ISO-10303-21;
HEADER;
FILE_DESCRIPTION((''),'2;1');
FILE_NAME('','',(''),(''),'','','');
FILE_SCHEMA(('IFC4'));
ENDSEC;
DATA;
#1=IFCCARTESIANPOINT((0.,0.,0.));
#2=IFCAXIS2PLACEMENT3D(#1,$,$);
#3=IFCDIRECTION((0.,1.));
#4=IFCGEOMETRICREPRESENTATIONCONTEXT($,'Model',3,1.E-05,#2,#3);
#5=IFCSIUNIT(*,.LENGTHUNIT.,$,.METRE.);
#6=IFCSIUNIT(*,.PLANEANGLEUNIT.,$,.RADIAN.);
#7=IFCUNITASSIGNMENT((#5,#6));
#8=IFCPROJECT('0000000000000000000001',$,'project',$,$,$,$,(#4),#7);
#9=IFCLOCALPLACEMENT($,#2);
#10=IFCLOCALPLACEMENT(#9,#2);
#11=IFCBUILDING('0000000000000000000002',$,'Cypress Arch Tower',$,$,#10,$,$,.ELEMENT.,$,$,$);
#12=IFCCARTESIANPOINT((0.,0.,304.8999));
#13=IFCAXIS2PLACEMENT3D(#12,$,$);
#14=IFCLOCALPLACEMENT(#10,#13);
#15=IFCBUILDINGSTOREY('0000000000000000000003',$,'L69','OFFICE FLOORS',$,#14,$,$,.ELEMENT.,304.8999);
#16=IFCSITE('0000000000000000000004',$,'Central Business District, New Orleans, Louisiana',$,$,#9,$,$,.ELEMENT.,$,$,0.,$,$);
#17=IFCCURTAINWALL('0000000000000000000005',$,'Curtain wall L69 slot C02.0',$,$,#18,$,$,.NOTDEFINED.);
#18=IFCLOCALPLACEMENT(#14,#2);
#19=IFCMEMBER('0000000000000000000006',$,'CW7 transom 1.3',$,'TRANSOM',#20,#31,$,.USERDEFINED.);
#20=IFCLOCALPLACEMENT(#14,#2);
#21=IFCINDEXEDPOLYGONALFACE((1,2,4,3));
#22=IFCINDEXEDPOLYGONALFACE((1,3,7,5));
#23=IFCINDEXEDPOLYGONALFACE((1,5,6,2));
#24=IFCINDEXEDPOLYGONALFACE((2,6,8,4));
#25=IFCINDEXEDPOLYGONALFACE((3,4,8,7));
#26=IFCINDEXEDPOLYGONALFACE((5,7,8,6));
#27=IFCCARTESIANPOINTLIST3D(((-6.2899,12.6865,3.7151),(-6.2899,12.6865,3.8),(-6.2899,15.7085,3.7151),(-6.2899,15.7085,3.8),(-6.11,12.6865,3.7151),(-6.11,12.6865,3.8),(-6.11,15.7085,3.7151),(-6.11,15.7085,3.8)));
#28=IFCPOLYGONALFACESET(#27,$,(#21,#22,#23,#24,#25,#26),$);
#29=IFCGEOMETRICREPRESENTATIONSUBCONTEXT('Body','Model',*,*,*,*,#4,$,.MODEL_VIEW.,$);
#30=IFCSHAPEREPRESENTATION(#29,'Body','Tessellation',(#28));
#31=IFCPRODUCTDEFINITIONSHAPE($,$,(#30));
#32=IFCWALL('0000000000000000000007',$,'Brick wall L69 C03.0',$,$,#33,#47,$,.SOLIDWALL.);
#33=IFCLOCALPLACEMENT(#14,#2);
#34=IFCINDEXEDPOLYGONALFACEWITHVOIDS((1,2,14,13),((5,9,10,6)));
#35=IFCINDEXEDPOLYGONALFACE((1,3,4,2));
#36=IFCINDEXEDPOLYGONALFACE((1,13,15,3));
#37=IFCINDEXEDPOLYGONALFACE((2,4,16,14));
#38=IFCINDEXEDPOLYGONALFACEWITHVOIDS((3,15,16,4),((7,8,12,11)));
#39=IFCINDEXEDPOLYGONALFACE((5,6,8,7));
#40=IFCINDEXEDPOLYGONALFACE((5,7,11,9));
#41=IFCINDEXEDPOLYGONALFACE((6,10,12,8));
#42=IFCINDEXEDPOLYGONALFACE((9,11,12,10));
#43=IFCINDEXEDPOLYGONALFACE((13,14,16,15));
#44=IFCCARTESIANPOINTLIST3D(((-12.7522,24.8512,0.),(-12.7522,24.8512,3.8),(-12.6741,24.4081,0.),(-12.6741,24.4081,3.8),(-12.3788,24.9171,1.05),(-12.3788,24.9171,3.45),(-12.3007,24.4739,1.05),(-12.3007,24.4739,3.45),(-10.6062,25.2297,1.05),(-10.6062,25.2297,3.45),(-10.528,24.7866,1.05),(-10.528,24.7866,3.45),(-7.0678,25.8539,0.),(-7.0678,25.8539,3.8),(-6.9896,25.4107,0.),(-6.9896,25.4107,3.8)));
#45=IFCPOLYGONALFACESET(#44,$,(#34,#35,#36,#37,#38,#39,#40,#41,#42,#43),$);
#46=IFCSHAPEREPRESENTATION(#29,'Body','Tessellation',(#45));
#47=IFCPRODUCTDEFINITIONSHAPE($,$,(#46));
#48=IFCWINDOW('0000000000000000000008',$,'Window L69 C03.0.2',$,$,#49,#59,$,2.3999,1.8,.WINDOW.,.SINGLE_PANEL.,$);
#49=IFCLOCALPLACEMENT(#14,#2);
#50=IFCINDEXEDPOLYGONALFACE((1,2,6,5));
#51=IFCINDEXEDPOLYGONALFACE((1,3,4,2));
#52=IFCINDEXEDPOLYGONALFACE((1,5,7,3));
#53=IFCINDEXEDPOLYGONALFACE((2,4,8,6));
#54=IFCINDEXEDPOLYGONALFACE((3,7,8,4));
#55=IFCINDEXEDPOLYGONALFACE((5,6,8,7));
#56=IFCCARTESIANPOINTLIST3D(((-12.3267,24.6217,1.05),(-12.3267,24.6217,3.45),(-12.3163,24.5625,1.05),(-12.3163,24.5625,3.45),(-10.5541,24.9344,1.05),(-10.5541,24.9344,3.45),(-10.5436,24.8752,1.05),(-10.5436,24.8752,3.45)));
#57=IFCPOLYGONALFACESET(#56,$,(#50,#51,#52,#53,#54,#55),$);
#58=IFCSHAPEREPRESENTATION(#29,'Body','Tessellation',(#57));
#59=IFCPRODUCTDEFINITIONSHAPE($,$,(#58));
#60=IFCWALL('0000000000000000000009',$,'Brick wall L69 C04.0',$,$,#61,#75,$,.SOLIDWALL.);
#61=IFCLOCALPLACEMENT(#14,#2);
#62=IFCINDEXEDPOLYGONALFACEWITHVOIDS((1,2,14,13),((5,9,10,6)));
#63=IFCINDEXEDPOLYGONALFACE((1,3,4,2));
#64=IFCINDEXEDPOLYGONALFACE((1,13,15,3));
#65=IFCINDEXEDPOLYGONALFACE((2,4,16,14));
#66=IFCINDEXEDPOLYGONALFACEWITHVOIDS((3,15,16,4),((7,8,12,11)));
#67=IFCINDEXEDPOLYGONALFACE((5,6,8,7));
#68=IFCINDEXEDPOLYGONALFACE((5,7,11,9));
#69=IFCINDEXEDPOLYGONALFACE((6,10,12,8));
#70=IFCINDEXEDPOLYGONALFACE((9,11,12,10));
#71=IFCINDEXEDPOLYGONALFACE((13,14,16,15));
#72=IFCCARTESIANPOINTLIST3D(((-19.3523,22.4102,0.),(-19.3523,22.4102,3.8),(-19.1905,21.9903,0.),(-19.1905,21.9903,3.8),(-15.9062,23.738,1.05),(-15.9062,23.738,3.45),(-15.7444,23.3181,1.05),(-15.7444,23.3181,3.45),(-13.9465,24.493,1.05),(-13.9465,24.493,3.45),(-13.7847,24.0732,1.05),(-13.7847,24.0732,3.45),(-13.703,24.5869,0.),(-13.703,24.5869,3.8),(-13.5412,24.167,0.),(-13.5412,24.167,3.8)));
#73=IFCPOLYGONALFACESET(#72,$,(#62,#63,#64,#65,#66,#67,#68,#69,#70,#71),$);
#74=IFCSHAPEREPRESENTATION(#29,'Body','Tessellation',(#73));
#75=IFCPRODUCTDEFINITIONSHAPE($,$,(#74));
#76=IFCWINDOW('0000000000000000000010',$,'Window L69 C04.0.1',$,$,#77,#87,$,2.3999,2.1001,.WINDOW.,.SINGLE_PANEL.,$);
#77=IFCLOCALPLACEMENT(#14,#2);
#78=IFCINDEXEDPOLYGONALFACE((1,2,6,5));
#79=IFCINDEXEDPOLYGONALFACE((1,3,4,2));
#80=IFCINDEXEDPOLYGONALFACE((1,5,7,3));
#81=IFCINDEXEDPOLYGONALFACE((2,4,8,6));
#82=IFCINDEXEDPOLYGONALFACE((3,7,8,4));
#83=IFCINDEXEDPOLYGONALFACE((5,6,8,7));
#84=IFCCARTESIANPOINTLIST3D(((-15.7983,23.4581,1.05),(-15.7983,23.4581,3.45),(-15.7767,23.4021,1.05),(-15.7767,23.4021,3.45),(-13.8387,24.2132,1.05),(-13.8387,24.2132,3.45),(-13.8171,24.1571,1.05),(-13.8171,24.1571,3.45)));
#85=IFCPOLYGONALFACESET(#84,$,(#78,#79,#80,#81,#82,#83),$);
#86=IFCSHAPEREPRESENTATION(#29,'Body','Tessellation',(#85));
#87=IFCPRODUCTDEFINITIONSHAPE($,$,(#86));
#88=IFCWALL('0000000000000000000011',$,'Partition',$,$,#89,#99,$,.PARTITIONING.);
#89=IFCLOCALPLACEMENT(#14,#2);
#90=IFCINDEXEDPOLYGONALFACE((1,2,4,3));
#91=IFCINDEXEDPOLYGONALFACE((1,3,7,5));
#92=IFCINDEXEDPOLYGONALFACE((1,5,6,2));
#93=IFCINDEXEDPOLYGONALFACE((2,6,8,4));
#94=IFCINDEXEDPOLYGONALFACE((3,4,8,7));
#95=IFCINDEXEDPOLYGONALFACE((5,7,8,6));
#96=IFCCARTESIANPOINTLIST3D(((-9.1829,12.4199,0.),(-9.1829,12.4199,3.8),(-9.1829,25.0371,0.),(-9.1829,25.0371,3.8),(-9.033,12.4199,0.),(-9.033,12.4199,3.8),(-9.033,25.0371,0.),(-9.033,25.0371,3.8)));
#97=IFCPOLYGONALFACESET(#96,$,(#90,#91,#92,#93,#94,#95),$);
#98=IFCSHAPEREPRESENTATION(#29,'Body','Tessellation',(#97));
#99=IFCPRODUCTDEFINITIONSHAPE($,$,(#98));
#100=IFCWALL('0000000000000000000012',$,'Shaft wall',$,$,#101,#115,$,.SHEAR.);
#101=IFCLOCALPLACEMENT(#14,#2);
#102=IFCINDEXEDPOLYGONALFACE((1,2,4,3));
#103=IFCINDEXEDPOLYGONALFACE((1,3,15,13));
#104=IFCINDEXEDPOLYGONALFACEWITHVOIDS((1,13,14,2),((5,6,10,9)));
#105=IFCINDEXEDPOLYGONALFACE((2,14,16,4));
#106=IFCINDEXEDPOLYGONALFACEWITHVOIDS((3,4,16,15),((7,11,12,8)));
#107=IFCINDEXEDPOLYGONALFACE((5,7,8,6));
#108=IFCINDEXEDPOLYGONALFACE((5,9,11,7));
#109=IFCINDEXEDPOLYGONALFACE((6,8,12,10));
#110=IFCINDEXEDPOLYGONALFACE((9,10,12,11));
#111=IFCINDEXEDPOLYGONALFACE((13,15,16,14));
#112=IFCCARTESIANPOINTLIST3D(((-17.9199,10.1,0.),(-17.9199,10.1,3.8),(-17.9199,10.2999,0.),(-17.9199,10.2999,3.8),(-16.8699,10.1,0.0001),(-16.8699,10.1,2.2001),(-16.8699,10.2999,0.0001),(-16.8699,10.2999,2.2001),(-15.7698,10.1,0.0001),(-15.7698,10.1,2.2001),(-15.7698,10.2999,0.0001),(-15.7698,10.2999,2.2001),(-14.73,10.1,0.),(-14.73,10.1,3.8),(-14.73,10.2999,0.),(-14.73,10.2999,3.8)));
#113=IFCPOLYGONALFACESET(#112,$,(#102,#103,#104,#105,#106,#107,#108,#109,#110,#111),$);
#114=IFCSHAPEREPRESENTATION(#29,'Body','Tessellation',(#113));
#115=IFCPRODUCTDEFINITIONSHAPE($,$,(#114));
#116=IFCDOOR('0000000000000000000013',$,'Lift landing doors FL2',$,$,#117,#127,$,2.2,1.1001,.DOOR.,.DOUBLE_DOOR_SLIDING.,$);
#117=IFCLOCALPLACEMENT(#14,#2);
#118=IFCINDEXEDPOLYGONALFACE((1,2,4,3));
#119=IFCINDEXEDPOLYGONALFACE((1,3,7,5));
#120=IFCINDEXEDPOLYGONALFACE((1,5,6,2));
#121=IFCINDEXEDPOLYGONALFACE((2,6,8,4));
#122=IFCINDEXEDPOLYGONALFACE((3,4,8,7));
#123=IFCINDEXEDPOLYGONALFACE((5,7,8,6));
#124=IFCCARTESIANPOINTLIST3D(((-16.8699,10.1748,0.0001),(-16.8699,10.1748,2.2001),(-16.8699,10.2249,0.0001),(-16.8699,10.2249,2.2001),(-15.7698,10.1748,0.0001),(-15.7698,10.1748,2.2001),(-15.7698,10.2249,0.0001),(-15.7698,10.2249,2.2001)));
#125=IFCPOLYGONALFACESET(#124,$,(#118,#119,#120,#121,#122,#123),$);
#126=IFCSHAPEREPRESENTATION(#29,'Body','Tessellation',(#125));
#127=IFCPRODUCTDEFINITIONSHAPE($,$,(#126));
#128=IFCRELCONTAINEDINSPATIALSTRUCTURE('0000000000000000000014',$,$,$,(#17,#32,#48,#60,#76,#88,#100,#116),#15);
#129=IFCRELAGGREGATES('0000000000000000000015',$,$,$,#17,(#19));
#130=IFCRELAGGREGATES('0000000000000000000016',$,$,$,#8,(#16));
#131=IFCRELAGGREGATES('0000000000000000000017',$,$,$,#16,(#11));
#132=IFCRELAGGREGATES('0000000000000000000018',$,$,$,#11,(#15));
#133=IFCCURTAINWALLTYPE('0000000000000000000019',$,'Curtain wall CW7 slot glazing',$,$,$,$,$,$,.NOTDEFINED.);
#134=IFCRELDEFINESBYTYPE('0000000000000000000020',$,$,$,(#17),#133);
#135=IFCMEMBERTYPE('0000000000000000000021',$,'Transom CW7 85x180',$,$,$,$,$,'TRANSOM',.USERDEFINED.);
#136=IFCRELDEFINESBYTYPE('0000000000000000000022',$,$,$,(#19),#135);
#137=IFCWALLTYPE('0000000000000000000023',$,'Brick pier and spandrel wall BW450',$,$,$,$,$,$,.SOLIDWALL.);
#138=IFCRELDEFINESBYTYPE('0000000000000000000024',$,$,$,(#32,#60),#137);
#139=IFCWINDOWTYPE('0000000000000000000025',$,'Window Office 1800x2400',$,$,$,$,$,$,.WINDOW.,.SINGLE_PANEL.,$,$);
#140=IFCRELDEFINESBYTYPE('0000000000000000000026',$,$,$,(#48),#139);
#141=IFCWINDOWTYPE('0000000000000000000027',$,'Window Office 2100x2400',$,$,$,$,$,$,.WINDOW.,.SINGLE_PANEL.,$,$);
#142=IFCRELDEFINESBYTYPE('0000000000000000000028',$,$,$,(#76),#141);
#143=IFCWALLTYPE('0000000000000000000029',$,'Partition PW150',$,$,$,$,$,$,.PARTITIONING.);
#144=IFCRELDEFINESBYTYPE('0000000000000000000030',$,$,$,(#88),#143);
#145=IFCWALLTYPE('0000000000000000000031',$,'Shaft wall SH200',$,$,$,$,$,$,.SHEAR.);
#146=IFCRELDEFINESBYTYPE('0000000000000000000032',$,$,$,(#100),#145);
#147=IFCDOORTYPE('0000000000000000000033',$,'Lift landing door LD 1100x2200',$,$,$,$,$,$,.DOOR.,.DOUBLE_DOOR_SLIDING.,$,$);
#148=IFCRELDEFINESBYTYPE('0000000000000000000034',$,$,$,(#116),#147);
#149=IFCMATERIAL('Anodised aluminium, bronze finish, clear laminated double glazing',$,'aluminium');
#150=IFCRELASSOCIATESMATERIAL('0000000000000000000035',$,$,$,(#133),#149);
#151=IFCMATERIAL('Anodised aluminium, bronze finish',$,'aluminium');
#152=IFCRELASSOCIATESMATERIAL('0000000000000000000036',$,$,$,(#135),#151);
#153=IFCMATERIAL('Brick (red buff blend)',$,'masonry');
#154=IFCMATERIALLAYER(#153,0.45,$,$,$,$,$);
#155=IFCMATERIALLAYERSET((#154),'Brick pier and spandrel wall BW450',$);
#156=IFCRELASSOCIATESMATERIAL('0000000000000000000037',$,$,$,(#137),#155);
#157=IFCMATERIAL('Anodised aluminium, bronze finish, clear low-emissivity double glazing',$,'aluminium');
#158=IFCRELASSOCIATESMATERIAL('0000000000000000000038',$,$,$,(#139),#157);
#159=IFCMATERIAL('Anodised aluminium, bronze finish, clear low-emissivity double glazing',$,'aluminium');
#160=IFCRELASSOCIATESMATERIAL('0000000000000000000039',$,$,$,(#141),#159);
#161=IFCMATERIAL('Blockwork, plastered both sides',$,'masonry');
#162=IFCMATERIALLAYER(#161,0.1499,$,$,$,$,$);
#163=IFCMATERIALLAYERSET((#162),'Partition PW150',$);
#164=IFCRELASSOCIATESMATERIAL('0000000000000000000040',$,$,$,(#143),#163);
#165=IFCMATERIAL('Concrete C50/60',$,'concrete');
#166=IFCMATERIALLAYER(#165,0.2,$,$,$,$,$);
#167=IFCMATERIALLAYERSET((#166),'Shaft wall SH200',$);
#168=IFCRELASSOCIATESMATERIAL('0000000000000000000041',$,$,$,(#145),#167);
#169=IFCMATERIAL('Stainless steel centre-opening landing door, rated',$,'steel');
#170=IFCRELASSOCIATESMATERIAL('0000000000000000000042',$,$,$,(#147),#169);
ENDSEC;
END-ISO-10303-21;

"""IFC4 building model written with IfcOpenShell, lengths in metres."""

from ifc_helpers import new_model, si_unit, direction, frame, frame_2d, origin, origin_2d, place, context, subcontext, project, spatial, rectangle, extrude, material, layer, layer_set, material_profile, profile_set, type_object, element, fill, aggregate, save


model = new_model("IFC4")

# Units and contexts
model_context = context("Model", 3, precision=1e-05, world=origin(), true_north=direction((0.0, 1.0)))
body_context = subcontext(model_context, "Body", "Model", "MODEL_VIEW")
ifc_project = project(units=[si_unit("LENGTHUNIT", "METRE"), si_unit("PLANEANGLEUNIT", "RADIAN")], contexts=[model_context])

# Site, building, storey
site_placement = place(None, origin())
site = spatial("IfcSite", under=ifc_project, at=site_placement, Name="Central Business District, New Orleans, Louisiana", CompositionType="ELEMENT", RefElevation=0.0)
building_placement = place(site_placement, origin())
building = spatial("IfcBuilding", under=site, at=building_placement, Name="Cypress Arch Tower", CompositionType="ELEMENT")
storey_placement = place(building_placement, frame((0.0, 0.0, 304.8999)))
storey = spatial("IfcBuildingStorey", under=building, at=storey_placement, Name="L69", Description="OFFICE FLOORS", CompositionType="ELEMENT", Elevation=304.8999)

# Curtain wall
ifc_material_1 = material(Name="Anodised aluminium, bronze finish, clear laminated double glazing", Category="aluminium")
curtain_wall_type = type_object("IfcCurtainWallType", Name="Curtain wall CW7 slot glazing", PredefinedType="NOTDEFINED", material=ifc_material_1)
curtain_wall_placement = place(storey_placement, origin())
curtain_wall = element("IfcCurtainWall", 1, at=curtain_wall_placement, inside=storey, type_object=curtain_wall_type, Name="Curtain wall L69 slot C02.0", PredefinedType="NOTDEFINED")

# Member
ifc_material_2 = material(Name="Anodised aluminium, bronze finish", Category="aluminium")
ifc_material_profile_1 = material_profile(ifc_material_2, rectangle(XDim=0.1799, YDim=0.085, at=origin_2d()), Name="Transom 85x180")
ifc_profile_set_1 = profile_set([ifc_material_profile_1], Name="Anodised aluminium, bronze finish")
member_type_1 = type_object("IfcMemberType", Name="Transom CW7 85x180", ElementType="TRANSOM", PredefinedType="USERDEFINED", material=ifc_profile_set_1)
member_1_placement = place(storey_placement, frame((-6.2, 12.6865, 3.7576), z_axis=(0.0, 1.0, 0.0), x_axis=(-1.0, 0.0, 0.0)))
member_1 = element("IfcMember", 2, at=member_1_placement, type_object=member_type_1, Name="CW7 transom 1.3", ObjectType="TRANSOM", PredefinedType="USERDEFINED", context=body_context, shape_type="SweptSolid", body=[
    extrude(rectangle(XDim=0.1799, YDim=0.085, at=origin_2d()), origin(), (0.0, 0.0, 1.0), 3.022),
])
aggregate(curtain_wall, [member_1])

# Walls, openings, windows
ifc_material_3 = material(Name="Brick (red buff blend)", Category="masonry")
ifc_layer_1 = layer(ifc_material_3, 0.45)
ifc_layer_set_1 = layer_set([ifc_layer_1], Name="Brick pier and spandrel wall BW450")
wall_type_1 = type_object("IfcWallType", Name="Brick pier and spandrel wall BW450", PredefinedType="SOLIDWALL", material=ifc_layer_set_1)
wall_1_placement = place(storey_placement, frame((-7.0286, 25.6323, 0.0), z_axis=(0.0, 0.0, 1.0), x_axis=(-0.984798, -0.173706, 0.0)))
wall_1 = element("IfcWall", 3, at=wall_1_placement, inside=storey, type_object=wall_type_1, Name="Brick wall L69 C03.0", PredefinedType="SOLIDWALL", context=body_context, shape_type="SweptSolid", body=[
    extrude(rectangle(XDim=5.7722, YDim=0.45, at=frame_2d((2.8862, 0.0))), origin(), (0.0, 0.0, 1.0), 3.8),
])
opening_1_placement = place(wall_1_placement, frame((3.5933, 0.0, 1.05)))
opening_1 = element("IfcOpeningElement", 4, at=opening_1_placement, cuts=wall_1, PredefinedType="OPENING", context=body_context, shape_type="SweptSolid", body=[
    extrude(rectangle(XDim=1.8, YDim=2.3999, at=frame_2d((0.8999, 1.2))), frame((0.0, 0.2349, 0.0), z_axis=(0.0, -1.0, 0.0), x_axis=(1.0, 0.0, 0.0)), (0.0, 0.0, 1.0), 0.47),
])
ifc_material_4 = material(Name="Anodised aluminium, bronze finish, clear low-emissivity double glazing", Category="aluminium")
window_type_1 = type_object("IfcWindowType", Name="Window Office 1800x2400", PartitioningType="SINGLE_PANEL", PredefinedType="WINDOW", material=ifc_material_4)
window_1_placement = place(opening_1_placement, origin())
window_1 = element("IfcWindow", 5, at=window_1_placement, inside=storey, type_object=window_type_1, Name="Window L69 C03.0.2", OverallHeight=2.3999, OverallWidth=1.8, PartitioningType="SINGLE_PANEL", PredefinedType="WINDOW", context=body_context, shape_type="SweptSolid", body=[
    extrude(rectangle(XDim=1.8, YDim=2.3999, at=frame_2d((0.8999, 1.2))), frame((0.0, 0.135, 0.0), z_axis=(0.0, -1.0, 0.0), x_axis=(1.0, 0.0, 0.0)), (0.0, 0.0, 1.0), 0.0601),
])
fill(opening_1, window_1)
wall_2_placement = place(storey_placement, frame((-13.6221, 24.377, 0.0), z_axis=(0.0, 0.0, 1.0), x_axis=(-0.933129, -0.359541, 0.0)))
wall_2 = element("IfcWall", 6, at=wall_2_placement, inside=storey, type_object=wall_type_1, Name="Brick wall L69 C04.0", PredefinedType="SOLIDWALL", context=body_context, shape_type="SweptSolid", body=[
    extrude(rectangle(XDim=6.0542, YDim=0.45, at=frame_2d((3.0271, 0.0))), origin(), (0.0, 0.0, 1.0), 3.8),
])
opening_2_placement = place(wall_2_placement, frame((0.261, 0.0, 1.05)))
opening_2 = element("IfcOpeningElement", 7, at=opening_2_placement, cuts=wall_2, PredefinedType="OPENING", context=body_context, shape_type="SweptSolid", body=[
    extrude(rectangle(XDim=2.1001, YDim=2.3999, at=frame_2d((1.05, 1.2))), frame((0.0, 0.2349, 0.0), z_axis=(0.0, -1.0, 0.0), x_axis=(1.0, 0.0, 0.0)), (0.0, 0.0, 1.0), 0.47),
])
ifc_material_5 = material(Name="Anodised aluminium, bronze finish, clear low-emissivity double glazing", Category="aluminium")
window_type_2 = type_object("IfcWindowType", Name="Window Office 2100x2400", PartitioningType="SINGLE_PANEL", PredefinedType="WINDOW", material=ifc_material_5)
window_2_placement = place(opening_2_placement, origin())
window_2 = element("IfcWindow", 8, at=window_2_placement, inside=storey, type_object=window_type_2, Name="Window L69 C04.0.1", OverallHeight=2.3999, OverallWidth=2.1001, PartitioningType="SINGLE_PANEL", PredefinedType="WINDOW", context=body_context, shape_type="SweptSolid", body=[
    extrude(rectangle(XDim=2.1001, YDim=2.3999, at=frame_2d((1.05, 1.2))), frame((0.0, 0.135, 0.0), z_axis=(0.0, -1.0, 0.0), x_axis=(1.0, 0.0, 0.0)), (0.0, 0.0, 1.0), 0.0601),
])
fill(opening_2, window_2)

# Wall
ifc_material_6 = material(Name="Blockwork, plastered both sides", Category="masonry")
ifc_layer_2 = layer(ifc_material_6, 0.1499)
ifc_layer_set_2 = layer_set([ifc_layer_2], Name="Partition PW150")
wall_type_2 = type_object("IfcWallType", Name="Partition PW150", PredefinedType="PARTITIONING", material=ifc_layer_set_2)
wall_3_placement = place(storey_placement, frame((-9.1079, 12.4199, 0.0), z_axis=(0.0, 0.0, 1.0), x_axis=(0.0, 1.0, 0.0)))
element("IfcWall", 9, at=wall_3_placement, inside=storey, type_object=wall_type_2, Name="Partition", PredefinedType="PARTITIONING", context=body_context, shape_type="SweptSolid", body=[
    extrude(rectangle(XDim=12.6172, YDim=0.1499, at=frame_2d((6.3086, 0.0))), origin(), (0.0, 0.0, 1.0), 3.8),
])

# Wall, opening, door
ifc_material_7 = material(Name="Concrete C50/60", Category="concrete")
ifc_layer_3 = layer(ifc_material_7, 0.2)
ifc_layer_set_3 = layer_set([ifc_layer_3], Name="Shaft wall SH200")
wall_type_3 = type_object("IfcWallType", Name="Shaft wall SH200", PredefinedType="SHEAR", material=ifc_layer_set_3)
wall_4_placement = place(storey_placement, frame((-17.9199, 10.2, 0.0), z_axis=(0.0, 0.0, 1.0), x_axis=(1.0, 0.0, 0.0)))
wall_4 = element("IfcWall", 10, at=wall_4_placement, inside=storey, type_object=wall_type_3, Name="Shaft wall", PredefinedType="SHEAR", context=body_context, shape_type="SweptSolid", body=[
    extrude(rectangle(XDim=3.1899, YDim=0.2, at=frame_2d((1.595, 0.0))), origin(), (0.0, 0.0, 1.0), 3.8),
])
opening_3_placement = place(wall_4_placement, frame((1.05, 0.0, 0.0)))
opening_3 = element("IfcOpeningElement", 11, at=opening_3_placement, cuts=wall_4, PredefinedType="OPENING", context=body_context, shape_type="SweptSolid", body=[
    extrude(rectangle(XDim=1.1001, YDim=2.2, at=frame_2d((0.55, 1.1001))), frame((0.0, 0.1099, 0.0), z_axis=(0.0, -1.0, 0.0), x_axis=(1.0, 0.0, 0.0)), (0.0, 0.0, 1.0), 0.22),
])
ifc_material_8 = material(Name="Stainless steel centre-opening landing door, rated", Category="steel")
door_type_1 = type_object("IfcDoorType", Name="Lift landing door LD 1100x2200", OperationType="DOUBLE_DOOR_SLIDING", PredefinedType="DOOR", material=ifc_material_8)
door_1_placement = place(opening_3_placement, origin())
door_1 = element("IfcDoor", 12, at=door_1_placement, inside=storey, type_object=door_type_1, Name="Lift landing doors FL2", OperationType="DOUBLE_DOOR_SLIDING", OverallHeight=2.2, OverallWidth=1.1001, PredefinedType="DOOR", context=body_context, shape_type="SweptSolid", body=[
    extrude(rectangle(XDim=1.1001, YDim=2.2, at=frame_2d((0.55, 1.1001))), frame((0.0, 0.0249, 0.0), z_axis=(0.0, -1.0, 0.0), x_axis=(1.0, 0.0, 0.0)), (0.0, 0.0, 1.0), 0.05),
])
fill(opening_3, door_1)

save(model, "model.ifc")
